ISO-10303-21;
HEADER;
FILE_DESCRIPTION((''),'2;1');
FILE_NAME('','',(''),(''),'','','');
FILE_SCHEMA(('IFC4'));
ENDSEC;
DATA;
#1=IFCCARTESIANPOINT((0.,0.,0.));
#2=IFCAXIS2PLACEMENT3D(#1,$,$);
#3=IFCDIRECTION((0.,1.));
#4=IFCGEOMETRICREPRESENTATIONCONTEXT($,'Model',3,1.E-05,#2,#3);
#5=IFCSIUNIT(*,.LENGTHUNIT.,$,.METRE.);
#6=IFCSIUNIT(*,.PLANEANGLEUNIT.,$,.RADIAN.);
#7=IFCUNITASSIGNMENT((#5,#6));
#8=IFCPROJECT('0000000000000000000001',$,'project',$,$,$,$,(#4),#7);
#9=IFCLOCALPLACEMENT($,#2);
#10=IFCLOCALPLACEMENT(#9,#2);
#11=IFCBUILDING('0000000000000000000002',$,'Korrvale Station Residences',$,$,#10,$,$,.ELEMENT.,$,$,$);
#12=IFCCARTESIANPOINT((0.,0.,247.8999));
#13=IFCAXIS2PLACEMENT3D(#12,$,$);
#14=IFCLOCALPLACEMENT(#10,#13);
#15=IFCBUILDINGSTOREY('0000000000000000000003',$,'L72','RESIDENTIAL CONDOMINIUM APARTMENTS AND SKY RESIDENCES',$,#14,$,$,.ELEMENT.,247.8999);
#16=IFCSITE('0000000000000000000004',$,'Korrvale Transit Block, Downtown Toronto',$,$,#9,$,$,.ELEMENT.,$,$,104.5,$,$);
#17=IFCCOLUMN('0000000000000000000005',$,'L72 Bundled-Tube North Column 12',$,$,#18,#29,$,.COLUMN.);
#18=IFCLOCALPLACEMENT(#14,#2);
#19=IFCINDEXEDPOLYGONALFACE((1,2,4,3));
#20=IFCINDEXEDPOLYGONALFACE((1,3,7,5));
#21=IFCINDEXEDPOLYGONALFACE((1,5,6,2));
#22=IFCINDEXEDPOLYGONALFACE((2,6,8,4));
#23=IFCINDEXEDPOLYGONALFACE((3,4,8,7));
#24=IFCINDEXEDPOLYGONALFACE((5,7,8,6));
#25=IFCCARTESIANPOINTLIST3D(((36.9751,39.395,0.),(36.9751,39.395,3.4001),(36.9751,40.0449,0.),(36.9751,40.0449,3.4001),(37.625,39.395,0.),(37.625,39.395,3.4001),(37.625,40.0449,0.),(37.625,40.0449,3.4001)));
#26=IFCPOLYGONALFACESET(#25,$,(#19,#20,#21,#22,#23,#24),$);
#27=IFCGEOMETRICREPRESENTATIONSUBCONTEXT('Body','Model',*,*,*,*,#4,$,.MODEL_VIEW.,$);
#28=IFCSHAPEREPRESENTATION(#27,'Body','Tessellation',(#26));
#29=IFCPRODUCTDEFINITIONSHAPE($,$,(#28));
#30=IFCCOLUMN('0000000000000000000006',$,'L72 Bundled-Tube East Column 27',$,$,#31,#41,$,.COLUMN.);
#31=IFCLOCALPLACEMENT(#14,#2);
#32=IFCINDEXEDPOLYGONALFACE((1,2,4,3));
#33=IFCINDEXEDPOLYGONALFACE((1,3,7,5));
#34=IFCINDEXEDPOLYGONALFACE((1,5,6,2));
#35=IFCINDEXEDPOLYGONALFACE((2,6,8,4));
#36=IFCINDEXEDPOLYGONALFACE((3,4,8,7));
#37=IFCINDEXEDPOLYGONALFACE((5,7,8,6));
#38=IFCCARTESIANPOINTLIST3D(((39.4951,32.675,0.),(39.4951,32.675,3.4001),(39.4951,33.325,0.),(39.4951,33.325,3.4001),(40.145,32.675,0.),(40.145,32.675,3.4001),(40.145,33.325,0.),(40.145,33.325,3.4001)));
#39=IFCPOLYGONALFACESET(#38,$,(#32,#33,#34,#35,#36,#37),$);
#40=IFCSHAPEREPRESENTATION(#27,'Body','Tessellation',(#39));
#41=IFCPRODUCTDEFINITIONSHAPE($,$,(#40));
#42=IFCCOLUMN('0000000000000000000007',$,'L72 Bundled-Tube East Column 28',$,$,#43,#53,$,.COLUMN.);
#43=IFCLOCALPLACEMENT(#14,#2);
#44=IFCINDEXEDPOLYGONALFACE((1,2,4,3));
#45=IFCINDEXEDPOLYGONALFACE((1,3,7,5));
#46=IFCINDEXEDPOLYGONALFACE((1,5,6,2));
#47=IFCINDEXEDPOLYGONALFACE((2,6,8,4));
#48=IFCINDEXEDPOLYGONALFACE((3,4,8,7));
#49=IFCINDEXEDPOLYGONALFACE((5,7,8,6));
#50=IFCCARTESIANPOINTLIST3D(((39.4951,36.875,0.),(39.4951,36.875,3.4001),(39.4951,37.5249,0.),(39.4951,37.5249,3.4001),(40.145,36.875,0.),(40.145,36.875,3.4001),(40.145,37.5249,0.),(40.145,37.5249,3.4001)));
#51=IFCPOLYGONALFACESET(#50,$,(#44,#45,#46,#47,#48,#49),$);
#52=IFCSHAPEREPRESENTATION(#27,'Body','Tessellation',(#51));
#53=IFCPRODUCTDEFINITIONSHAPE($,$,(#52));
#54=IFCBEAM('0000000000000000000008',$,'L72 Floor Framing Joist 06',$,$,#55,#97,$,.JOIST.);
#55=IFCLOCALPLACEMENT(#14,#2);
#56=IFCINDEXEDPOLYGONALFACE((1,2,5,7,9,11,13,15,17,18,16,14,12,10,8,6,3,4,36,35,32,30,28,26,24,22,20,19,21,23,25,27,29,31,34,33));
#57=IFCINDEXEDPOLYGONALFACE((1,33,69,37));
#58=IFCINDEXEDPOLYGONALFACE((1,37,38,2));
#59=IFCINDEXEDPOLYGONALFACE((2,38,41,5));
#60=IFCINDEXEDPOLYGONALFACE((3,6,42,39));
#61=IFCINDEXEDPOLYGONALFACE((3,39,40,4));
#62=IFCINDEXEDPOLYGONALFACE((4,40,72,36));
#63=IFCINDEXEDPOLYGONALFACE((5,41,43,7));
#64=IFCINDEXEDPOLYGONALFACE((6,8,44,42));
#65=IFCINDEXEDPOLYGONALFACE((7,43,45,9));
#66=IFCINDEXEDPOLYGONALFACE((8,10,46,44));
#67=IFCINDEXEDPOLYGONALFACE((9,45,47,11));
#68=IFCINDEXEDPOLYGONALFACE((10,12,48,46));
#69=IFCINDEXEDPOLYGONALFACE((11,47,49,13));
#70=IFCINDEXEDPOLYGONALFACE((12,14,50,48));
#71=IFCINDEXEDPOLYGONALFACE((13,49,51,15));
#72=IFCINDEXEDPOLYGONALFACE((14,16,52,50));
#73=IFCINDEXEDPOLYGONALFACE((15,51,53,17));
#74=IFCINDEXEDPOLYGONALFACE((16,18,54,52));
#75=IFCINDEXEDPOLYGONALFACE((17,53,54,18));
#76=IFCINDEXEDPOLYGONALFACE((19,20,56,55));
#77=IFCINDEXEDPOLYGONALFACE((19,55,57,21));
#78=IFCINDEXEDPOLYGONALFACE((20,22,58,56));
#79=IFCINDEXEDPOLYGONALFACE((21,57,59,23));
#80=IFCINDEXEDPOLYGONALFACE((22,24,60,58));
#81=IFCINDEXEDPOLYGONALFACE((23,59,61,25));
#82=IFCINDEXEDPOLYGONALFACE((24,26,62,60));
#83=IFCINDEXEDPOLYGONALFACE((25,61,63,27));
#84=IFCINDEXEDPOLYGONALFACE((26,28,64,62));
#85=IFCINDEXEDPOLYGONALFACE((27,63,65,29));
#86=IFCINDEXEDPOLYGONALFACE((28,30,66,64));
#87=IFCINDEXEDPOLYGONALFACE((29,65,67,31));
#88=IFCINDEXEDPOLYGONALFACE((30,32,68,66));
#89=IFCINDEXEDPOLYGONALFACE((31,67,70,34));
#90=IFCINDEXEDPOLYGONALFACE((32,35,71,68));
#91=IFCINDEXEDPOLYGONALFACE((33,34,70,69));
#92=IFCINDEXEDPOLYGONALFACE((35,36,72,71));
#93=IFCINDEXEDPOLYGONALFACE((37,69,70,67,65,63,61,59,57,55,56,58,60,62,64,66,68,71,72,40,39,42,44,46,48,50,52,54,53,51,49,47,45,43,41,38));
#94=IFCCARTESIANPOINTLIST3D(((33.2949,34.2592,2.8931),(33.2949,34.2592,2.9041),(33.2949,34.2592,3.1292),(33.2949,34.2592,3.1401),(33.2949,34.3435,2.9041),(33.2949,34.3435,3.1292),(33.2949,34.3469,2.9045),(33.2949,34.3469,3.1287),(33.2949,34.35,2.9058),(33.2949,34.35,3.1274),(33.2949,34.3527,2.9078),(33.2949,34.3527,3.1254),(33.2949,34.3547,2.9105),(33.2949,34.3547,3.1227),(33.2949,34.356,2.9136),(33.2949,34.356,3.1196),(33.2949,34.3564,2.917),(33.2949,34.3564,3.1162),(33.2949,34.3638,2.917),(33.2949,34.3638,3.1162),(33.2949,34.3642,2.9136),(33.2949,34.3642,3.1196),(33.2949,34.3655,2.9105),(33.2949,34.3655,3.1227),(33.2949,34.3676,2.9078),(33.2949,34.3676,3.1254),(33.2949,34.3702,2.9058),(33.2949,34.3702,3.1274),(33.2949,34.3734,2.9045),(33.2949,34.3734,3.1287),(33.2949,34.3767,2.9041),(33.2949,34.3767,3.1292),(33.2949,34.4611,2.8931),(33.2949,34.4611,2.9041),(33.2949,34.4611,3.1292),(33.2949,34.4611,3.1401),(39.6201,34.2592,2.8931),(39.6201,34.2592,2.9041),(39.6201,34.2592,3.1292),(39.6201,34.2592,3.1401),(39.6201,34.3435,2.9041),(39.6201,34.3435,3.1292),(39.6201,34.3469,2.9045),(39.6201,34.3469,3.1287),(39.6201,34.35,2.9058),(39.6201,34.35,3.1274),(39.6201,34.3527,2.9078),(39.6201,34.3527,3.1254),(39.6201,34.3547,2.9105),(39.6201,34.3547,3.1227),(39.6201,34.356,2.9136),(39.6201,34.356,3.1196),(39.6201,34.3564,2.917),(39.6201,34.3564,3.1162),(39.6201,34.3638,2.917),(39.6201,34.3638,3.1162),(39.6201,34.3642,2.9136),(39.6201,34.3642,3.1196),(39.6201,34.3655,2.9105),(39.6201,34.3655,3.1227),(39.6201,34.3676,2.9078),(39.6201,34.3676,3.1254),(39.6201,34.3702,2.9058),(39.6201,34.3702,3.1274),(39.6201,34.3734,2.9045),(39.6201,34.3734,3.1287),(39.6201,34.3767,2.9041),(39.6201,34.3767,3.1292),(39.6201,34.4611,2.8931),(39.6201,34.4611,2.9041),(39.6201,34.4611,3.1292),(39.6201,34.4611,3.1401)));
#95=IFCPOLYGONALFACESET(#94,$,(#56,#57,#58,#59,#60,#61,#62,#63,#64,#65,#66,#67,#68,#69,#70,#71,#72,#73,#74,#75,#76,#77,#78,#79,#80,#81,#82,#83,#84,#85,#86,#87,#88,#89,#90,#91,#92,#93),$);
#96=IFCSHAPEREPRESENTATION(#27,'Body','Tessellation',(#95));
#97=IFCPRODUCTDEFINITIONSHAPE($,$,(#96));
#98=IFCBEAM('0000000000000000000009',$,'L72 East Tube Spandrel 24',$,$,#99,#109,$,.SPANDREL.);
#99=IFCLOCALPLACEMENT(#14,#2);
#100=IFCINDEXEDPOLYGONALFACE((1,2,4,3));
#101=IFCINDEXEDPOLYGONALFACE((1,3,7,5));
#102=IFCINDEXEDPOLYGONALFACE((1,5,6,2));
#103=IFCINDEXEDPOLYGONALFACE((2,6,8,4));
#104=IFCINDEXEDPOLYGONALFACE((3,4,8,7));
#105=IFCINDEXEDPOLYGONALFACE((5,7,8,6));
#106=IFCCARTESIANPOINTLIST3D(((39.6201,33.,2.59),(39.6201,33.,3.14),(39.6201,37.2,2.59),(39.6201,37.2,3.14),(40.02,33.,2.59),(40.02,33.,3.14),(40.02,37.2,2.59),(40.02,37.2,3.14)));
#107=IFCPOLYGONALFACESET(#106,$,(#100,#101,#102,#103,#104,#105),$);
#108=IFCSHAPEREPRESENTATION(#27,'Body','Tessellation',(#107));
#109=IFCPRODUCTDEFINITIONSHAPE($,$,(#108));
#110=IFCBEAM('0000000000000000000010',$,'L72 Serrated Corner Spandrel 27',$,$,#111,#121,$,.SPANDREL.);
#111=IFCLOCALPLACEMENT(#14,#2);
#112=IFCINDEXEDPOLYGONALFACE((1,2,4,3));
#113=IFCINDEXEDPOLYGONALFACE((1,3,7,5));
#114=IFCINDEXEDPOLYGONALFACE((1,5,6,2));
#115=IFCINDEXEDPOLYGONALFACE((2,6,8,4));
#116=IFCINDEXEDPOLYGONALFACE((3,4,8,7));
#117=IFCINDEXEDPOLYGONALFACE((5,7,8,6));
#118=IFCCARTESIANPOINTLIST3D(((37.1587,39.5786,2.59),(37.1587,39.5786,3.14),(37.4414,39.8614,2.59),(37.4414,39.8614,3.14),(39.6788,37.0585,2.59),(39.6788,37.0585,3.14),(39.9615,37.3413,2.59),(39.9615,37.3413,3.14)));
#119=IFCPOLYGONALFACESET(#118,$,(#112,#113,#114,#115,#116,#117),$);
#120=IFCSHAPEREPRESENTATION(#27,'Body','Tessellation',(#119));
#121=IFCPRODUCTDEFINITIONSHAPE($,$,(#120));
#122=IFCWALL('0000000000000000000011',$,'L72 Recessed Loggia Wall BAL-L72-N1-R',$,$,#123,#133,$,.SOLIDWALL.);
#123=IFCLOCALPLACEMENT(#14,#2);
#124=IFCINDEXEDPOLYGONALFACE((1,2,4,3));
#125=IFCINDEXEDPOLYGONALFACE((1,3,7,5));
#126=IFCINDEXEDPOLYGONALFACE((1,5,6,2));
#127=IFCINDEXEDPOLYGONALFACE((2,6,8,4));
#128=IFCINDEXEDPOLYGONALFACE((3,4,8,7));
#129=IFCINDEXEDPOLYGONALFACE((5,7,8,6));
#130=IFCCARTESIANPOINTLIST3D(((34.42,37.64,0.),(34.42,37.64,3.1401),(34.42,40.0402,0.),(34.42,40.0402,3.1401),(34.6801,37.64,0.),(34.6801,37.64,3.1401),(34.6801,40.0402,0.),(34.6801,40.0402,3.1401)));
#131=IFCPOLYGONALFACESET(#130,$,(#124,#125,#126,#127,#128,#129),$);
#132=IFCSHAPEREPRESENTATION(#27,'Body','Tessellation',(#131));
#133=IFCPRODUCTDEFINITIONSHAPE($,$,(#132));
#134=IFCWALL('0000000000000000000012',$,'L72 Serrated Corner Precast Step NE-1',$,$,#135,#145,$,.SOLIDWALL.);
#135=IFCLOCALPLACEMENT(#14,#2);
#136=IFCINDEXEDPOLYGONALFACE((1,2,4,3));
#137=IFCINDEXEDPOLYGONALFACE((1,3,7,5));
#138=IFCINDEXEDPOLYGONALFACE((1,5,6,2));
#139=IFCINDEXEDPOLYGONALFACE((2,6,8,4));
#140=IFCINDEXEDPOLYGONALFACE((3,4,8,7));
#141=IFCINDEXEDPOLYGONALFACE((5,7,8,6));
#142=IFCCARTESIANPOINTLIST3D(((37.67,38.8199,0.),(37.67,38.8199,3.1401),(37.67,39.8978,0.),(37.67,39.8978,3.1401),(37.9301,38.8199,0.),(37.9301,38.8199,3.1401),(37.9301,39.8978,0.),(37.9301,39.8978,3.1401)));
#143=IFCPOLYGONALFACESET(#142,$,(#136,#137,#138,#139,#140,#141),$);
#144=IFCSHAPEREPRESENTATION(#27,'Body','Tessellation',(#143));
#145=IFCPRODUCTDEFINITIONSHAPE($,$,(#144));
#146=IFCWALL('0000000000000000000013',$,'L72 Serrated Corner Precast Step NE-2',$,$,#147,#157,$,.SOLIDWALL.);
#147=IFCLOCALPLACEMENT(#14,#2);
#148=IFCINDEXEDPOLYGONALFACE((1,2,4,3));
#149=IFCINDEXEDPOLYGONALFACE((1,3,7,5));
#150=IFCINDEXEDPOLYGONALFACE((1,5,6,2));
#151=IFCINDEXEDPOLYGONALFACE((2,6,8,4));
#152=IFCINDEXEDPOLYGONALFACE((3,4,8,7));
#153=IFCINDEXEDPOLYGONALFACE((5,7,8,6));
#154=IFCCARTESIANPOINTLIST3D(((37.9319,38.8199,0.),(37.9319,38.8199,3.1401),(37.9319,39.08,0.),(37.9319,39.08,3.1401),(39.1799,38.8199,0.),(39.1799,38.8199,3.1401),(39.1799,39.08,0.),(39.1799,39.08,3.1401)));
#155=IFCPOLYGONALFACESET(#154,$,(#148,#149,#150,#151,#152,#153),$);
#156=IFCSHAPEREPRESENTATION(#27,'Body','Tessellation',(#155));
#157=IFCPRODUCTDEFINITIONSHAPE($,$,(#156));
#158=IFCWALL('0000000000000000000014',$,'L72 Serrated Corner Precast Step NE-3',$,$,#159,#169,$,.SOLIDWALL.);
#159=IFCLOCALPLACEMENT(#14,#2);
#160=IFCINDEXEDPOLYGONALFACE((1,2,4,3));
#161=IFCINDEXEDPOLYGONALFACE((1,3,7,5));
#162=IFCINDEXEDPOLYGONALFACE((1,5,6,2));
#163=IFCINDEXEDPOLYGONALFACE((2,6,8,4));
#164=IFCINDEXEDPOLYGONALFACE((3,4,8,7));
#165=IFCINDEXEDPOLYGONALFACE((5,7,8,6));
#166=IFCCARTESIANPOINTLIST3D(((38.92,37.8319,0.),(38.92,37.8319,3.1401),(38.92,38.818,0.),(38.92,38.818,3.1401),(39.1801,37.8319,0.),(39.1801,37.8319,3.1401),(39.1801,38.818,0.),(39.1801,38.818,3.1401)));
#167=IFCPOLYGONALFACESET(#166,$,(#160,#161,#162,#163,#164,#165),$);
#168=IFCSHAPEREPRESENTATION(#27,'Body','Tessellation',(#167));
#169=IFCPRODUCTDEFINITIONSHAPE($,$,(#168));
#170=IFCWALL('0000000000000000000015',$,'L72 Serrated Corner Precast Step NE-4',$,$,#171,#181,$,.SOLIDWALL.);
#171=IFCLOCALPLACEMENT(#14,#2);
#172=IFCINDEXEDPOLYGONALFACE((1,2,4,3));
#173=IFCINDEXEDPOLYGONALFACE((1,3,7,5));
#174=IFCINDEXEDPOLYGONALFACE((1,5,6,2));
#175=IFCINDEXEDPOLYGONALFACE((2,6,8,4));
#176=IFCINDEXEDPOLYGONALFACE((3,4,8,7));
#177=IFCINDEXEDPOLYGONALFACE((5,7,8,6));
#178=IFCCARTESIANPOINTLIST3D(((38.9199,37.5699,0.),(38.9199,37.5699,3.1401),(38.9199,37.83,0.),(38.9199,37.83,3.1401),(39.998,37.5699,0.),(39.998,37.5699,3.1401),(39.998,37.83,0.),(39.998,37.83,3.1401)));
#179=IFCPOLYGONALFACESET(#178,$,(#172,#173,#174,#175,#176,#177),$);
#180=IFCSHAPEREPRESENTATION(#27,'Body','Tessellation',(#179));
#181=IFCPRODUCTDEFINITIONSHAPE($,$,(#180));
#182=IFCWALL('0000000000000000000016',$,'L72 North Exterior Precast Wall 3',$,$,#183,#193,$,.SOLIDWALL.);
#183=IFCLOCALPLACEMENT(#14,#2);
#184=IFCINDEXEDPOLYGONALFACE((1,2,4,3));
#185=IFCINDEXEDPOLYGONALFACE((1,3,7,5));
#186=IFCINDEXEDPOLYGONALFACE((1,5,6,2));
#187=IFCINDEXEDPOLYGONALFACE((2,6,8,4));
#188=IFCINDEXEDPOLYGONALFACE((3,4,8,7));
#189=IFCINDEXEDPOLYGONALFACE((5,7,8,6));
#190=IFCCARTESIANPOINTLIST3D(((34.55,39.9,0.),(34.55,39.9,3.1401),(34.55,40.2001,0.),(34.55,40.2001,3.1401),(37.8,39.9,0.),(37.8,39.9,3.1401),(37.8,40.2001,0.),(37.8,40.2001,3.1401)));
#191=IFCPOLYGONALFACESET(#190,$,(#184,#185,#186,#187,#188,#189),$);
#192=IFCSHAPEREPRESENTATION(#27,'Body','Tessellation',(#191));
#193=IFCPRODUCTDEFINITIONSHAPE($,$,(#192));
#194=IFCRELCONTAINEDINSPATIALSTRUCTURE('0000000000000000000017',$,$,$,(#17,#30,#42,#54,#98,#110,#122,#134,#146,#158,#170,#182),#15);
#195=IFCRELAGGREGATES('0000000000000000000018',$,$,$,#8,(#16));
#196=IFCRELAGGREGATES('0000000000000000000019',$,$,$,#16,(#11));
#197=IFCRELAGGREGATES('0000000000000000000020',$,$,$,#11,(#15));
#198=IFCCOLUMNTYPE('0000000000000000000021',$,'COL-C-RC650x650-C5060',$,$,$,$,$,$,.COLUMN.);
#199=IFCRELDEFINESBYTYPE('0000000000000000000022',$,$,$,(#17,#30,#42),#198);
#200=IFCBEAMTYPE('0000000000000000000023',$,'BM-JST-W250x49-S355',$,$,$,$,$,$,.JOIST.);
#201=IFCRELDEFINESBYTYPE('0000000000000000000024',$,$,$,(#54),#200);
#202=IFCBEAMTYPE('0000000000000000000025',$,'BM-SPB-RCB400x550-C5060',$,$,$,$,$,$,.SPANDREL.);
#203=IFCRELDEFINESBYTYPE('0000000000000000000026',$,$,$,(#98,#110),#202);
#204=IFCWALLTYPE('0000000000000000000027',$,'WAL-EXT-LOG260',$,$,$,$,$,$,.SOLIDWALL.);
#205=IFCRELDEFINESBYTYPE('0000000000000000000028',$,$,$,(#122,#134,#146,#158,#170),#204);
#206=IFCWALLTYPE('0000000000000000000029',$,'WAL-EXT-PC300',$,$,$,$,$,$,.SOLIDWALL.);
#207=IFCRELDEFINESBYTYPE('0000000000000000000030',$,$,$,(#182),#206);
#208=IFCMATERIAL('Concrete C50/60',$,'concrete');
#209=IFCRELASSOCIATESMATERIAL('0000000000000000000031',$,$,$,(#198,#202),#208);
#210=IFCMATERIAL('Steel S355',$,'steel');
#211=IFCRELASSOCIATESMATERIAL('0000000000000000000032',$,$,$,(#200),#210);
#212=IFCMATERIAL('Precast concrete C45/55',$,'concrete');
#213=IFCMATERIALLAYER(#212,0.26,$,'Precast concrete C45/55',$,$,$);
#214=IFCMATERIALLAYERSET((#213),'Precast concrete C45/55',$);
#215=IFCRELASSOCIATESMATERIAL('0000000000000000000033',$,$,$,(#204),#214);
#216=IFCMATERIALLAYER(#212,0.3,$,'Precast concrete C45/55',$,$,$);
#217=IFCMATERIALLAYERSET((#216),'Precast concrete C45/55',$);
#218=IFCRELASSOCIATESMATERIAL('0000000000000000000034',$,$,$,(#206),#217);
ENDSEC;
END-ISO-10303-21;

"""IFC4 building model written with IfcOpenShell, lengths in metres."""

from ifc_helpers import new_model, si_unit, direction, frame, frame_2d, origin, origin_2d, place, context, subcontext, project, spatial, rectangle, i_section, extrude, material, layer, layer_set, material_profile, profile_set, type_object, element, save


model = new_model("IFC4")

# Units and contexts
model_context = context("Model", 3, precision=1e-05, world=origin(), true_north=direction((0.0, 1.0)))
body_context = subcontext(model_context, "Body", "Model", "MODEL_VIEW")
ifc_project = project(units=[si_unit("LENGTHUNIT", "METRE"), si_unit("PLANEANGLEUNIT", "RADIAN")], contexts=[model_context])

# Site, building, storey
site_placement = place(None, origin())
site = spatial("IfcSite", under=ifc_project, at=site_placement, Name="Korrvale Transit Block, Downtown Toronto", CompositionType="ELEMENT", RefElevation=104.5)
building_placement = place(site_placement, origin())
building = spatial("IfcBuilding", under=site, at=building_placement, Name="Korrvale Station Residences", CompositionType="ELEMENT")
storey_placement = place(building_placement, frame((0.0, 0.0, 247.8999)))
storey = spatial("IfcBuildingStorey", under=building, at=storey_placement, Name="L72", Description="RESIDENTIAL CONDOMINIUM APARTMENTS AND SKY RESIDENCES", CompositionType="ELEMENT", Elevation=247.8999)

# Columns
ifc_material_1 = material(Name="Concrete C50/60", Category="concrete")
ifc_material_profile_1 = material_profile(ifc_material_1, rectangle(XDim=0.6499, YDim=0.6499, at=origin_2d()), Name="RC650x650")
ifc_profile_set_1 = profile_set([ifc_material_profile_1], Name="Concrete C50/60")
column_type = type_object("IfcColumnType", Name="COL-C-RC650x650-C5060", PredefinedType="COLUMN", material=ifc_profile_set_1)
for number, where, z_axis, x_axis, name in (
    (1, (37.3, 39.72, 0.0), (0.0, 0.0, 1.0), (1.0, 0.0, 0.0), "L72 Bundled-Tube North Column 12"),
    (2, (39.8201, 33.0, 0.0), (0.0, 0.0, 1.0), (1.0, 0.0, 0.0), "L72 Bundled-Tube East Column 27"),
    (3, (39.8201, 37.2, 0.0), (0.0, 0.0, 1.0), (1.0, 0.0, 0.0), "L72 Bundled-Tube East Column 28"),
):
    element("IfcColumn", number, at=place(storey_placement, frame(where, z_axis=z_axis, x_axis=x_axis)), inside=storey, type_object=column_type, Name=name, PredefinedType="COLUMN", context=body_context, shape_type="SweptSolid", body=[
        extrude(rectangle(XDim=0.6499, YDim=0.6499, at=origin_2d()), origin(), (0.0, 0.0, 1.0), 3.4001),
    ])

# Beams
ifc_material_2 = material(Name="Steel S355", Category="steel")
ifc_material_profile_2 = material_profile(ifc_material_2, i_section(OverallWidth=0.2019, OverallDepth=0.2471, WebThickness=0.0073, FlangeThickness=0.011, FilletRadius=0.0129, at=origin_2d()), Name="W250x49")
ifc_profile_set_2 = profile_set([ifc_material_profile_2], Name="Steel S355")
beam_type_1 = type_object("IfcBeamType", Name="BM-JST-W250x49-S355", PredefinedType="JOIST", material=ifc_profile_set_2)
beam_1_placement = place(storey_placement, frame((33.2949, 34.3601, 3.0166), z_axis=(1.0, 0.0, 0.0), x_axis=(0.0, 1.0, 0.0)))
element("IfcBeam", 4, at=beam_1_placement, inside=storey, type_object=beam_type_1, Name="L72 Floor Framing Joist 06", PredefinedType="JOIST", context=body_context, shape_type="SweptSolid", body=[
    extrude(i_section(OverallWidth=0.2019, OverallDepth=0.2471, WebThickness=0.0073, FlangeThickness=0.011, FilletRadius=0.0129, at=origin_2d()), origin(), (0.0, 0.0, 1.0), 6.3252),
])
ifc_material_profile_3 = material_profile(ifc_material_1, rectangle(XDim=0.3999, YDim=0.55, at=origin_2d()), Name="RCB400x550")
ifc_profile_set_3 = profile_set([ifc_material_profile_3], Name="Concrete C50/60")
beam_type_2 = type_object("IfcBeamType", Name="BM-SPB-RCB400x550-C5060", PredefinedType="SPANDREL", material=ifc_profile_set_3)
beam_2_placement = place(storey_placement, frame((39.8201, 33.0, 2.865), z_axis=(0.0, 1.0, 0.0), x_axis=(-1.0, 0.0, 0.0)))
element("IfcBeam", 5, at=beam_2_placement, inside=storey, type_object=beam_type_2, Name="L72 East Tube Spandrel 24", PredefinedType="SPANDREL", context=body_context, shape_type="SweptSolid", body=[
    extrude(rectangle(XDim=0.3999, YDim=0.55, at=origin_2d()), origin(), (0.0, 0.0, 1.0), 4.2),
])
beam_3_placement = place(storey_placement, frame((37.3, 39.72, 2.865), z_axis=(0.707107, -0.707107, 0.0), x_axis=(0.707107, 0.707107, 0.0)))
element("IfcBeam", 6, at=beam_3_placement, inside=storey, type_object=beam_type_2, Name="L72 Serrated Corner Spandrel 27", PredefinedType="SPANDREL", context=body_context, shape_type="SweptSolid", body=[
    extrude(rectangle(XDim=0.3999, YDim=0.55, at=origin_2d()), origin(), (0.0, 0.0, 1.0), 3.564),
])

# Walls
ifc_material_3 = material(Name="Precast concrete C45/55", Category="concrete")
ifc_layer_1 = layer(ifc_material_3, 0.26, Name="Precast concrete C45/55")
ifc_layer_set_1 = layer_set([ifc_layer_1], Name="Precast concrete C45/55")
wall_type_1 = type_object("IfcWallType", Name="WAL-EXT-LOG260", PredefinedType="SOLIDWALL", material=ifc_layer_set_1)
wall_1_placement = place(storey_placement, frame((34.55, 37.6399, 0.0), z_axis=(0.0, 0.0, 1.0), x_axis=(0.0, 1.0, 0.0)))
element("IfcWall", 7, at=wall_1_placement, inside=storey, type_object=wall_type_1, Name="L72 Recessed Loggia Wall BAL-L72-N1-R", PredefinedType="SOLIDWALL", context=body_context, shape_type="SweptSolid", body=[
    extrude(rectangle(XDim=2.4001, YDim=0.26, at=frame_2d((1.2002, 0.0))), origin(), (0.0, 0.0, 1.0), 3.1401),
])
wall_2_placement = place(storey_placement, frame((37.8, 39.8979, 0.0), z_axis=(0.0, 0.0, 1.0), x_axis=(0.0, -1.0, 0.0)))
element("IfcWall", 8, at=wall_2_placement, inside=storey, type_object=wall_type_1, Name="L72 Serrated Corner Precast Step NE-1", PredefinedType="SOLIDWALL", context=body_context, shape_type="SweptSolid", body=[
    extrude(rectangle(XDim=1.0779, YDim=0.26, at=frame_2d((0.5391, 0.0))), origin(), (0.0, 0.0, 1.0), 3.1401),
])
wall_3_placement = place(storey_placement, frame((37.9319, 38.95, 0.0), z_axis=(0.0, 0.0, 1.0), x_axis=(1.0, 0.0, 0.0)))
element("IfcWall", 9, at=wall_3_placement, inside=storey, type_object=wall_type_1, Name="L72 Serrated Corner Precast Step NE-2", PredefinedType="SOLIDWALL", context=body_context, shape_type="SweptSolid", body=[
    extrude(rectangle(XDim=1.248, YDim=0.26, at=frame_2d((0.624, 0.0))), origin(), (0.0, 0.0, 1.0), 3.1401),
])
wall_4_placement = place(storey_placement, frame((39.05, 38.8181, 0.0), z_axis=(0.0, 0.0, 1.0), x_axis=(0.0, -1.0, 0.0)))
element("IfcWall", 10, at=wall_4_placement, inside=storey, type_object=wall_type_1, Name="L72 Serrated Corner Precast Step NE-3", PredefinedType="SOLIDWALL", context=body_context, shape_type="SweptSolid", body=[
    extrude(rectangle(XDim=0.9861, YDim=0.26, at=frame_2d((0.4932, 0.0))), origin(), (0.0, 0.0, 1.0), 3.1401),
])
wall_5_placement = place(storey_placement, frame((38.9199, 37.7, 0.0), z_axis=(0.0, 0.0, 1.0), x_axis=(1.0, 0.0, 0.0)))
element("IfcWall", 11, at=wall_5_placement, inside=storey, type_object=wall_type_1, Name="L72 Serrated Corner Precast Step NE-4", PredefinedType="SOLIDWALL", context=body_context, shape_type="SweptSolid", body=[
    extrude(rectangle(XDim=1.0781, YDim=0.26, at=frame_2d((0.5391, 0.0))), origin(), (0.0, 0.0, 1.0), 3.1401),
])
ifc_layer_2 = layer(ifc_material_3, 0.3, Name="Precast concrete C45/55")
ifc_layer_set_2 = layer_set([ifc_layer_2], Name="Precast concrete C45/55")
wall_type_2 = type_object("IfcWallType", Name="WAL-EXT-PC300", PredefinedType="SOLIDWALL", material=ifc_layer_set_2)
wall_6_placement = place(storey_placement, frame((34.55, 40.05, 0.0), z_axis=(0.0, 0.0, 1.0), x_axis=(1.0, 0.0, 0.0)))
element("IfcWall", 12, at=wall_6_placement, inside=storey, type_object=wall_type_2, Name="L72 North Exterior Precast Wall 3", PredefinedType="SOLIDWALL", context=body_context, shape_type="SweptSolid", body=[
    extrude(rectangle(XDim=3.25, YDim=0.3, at=frame_2d((1.625, 0.0))), origin(), (0.0, 0.0, 1.0), 3.1401),
])

save(model, "model.ifc")
